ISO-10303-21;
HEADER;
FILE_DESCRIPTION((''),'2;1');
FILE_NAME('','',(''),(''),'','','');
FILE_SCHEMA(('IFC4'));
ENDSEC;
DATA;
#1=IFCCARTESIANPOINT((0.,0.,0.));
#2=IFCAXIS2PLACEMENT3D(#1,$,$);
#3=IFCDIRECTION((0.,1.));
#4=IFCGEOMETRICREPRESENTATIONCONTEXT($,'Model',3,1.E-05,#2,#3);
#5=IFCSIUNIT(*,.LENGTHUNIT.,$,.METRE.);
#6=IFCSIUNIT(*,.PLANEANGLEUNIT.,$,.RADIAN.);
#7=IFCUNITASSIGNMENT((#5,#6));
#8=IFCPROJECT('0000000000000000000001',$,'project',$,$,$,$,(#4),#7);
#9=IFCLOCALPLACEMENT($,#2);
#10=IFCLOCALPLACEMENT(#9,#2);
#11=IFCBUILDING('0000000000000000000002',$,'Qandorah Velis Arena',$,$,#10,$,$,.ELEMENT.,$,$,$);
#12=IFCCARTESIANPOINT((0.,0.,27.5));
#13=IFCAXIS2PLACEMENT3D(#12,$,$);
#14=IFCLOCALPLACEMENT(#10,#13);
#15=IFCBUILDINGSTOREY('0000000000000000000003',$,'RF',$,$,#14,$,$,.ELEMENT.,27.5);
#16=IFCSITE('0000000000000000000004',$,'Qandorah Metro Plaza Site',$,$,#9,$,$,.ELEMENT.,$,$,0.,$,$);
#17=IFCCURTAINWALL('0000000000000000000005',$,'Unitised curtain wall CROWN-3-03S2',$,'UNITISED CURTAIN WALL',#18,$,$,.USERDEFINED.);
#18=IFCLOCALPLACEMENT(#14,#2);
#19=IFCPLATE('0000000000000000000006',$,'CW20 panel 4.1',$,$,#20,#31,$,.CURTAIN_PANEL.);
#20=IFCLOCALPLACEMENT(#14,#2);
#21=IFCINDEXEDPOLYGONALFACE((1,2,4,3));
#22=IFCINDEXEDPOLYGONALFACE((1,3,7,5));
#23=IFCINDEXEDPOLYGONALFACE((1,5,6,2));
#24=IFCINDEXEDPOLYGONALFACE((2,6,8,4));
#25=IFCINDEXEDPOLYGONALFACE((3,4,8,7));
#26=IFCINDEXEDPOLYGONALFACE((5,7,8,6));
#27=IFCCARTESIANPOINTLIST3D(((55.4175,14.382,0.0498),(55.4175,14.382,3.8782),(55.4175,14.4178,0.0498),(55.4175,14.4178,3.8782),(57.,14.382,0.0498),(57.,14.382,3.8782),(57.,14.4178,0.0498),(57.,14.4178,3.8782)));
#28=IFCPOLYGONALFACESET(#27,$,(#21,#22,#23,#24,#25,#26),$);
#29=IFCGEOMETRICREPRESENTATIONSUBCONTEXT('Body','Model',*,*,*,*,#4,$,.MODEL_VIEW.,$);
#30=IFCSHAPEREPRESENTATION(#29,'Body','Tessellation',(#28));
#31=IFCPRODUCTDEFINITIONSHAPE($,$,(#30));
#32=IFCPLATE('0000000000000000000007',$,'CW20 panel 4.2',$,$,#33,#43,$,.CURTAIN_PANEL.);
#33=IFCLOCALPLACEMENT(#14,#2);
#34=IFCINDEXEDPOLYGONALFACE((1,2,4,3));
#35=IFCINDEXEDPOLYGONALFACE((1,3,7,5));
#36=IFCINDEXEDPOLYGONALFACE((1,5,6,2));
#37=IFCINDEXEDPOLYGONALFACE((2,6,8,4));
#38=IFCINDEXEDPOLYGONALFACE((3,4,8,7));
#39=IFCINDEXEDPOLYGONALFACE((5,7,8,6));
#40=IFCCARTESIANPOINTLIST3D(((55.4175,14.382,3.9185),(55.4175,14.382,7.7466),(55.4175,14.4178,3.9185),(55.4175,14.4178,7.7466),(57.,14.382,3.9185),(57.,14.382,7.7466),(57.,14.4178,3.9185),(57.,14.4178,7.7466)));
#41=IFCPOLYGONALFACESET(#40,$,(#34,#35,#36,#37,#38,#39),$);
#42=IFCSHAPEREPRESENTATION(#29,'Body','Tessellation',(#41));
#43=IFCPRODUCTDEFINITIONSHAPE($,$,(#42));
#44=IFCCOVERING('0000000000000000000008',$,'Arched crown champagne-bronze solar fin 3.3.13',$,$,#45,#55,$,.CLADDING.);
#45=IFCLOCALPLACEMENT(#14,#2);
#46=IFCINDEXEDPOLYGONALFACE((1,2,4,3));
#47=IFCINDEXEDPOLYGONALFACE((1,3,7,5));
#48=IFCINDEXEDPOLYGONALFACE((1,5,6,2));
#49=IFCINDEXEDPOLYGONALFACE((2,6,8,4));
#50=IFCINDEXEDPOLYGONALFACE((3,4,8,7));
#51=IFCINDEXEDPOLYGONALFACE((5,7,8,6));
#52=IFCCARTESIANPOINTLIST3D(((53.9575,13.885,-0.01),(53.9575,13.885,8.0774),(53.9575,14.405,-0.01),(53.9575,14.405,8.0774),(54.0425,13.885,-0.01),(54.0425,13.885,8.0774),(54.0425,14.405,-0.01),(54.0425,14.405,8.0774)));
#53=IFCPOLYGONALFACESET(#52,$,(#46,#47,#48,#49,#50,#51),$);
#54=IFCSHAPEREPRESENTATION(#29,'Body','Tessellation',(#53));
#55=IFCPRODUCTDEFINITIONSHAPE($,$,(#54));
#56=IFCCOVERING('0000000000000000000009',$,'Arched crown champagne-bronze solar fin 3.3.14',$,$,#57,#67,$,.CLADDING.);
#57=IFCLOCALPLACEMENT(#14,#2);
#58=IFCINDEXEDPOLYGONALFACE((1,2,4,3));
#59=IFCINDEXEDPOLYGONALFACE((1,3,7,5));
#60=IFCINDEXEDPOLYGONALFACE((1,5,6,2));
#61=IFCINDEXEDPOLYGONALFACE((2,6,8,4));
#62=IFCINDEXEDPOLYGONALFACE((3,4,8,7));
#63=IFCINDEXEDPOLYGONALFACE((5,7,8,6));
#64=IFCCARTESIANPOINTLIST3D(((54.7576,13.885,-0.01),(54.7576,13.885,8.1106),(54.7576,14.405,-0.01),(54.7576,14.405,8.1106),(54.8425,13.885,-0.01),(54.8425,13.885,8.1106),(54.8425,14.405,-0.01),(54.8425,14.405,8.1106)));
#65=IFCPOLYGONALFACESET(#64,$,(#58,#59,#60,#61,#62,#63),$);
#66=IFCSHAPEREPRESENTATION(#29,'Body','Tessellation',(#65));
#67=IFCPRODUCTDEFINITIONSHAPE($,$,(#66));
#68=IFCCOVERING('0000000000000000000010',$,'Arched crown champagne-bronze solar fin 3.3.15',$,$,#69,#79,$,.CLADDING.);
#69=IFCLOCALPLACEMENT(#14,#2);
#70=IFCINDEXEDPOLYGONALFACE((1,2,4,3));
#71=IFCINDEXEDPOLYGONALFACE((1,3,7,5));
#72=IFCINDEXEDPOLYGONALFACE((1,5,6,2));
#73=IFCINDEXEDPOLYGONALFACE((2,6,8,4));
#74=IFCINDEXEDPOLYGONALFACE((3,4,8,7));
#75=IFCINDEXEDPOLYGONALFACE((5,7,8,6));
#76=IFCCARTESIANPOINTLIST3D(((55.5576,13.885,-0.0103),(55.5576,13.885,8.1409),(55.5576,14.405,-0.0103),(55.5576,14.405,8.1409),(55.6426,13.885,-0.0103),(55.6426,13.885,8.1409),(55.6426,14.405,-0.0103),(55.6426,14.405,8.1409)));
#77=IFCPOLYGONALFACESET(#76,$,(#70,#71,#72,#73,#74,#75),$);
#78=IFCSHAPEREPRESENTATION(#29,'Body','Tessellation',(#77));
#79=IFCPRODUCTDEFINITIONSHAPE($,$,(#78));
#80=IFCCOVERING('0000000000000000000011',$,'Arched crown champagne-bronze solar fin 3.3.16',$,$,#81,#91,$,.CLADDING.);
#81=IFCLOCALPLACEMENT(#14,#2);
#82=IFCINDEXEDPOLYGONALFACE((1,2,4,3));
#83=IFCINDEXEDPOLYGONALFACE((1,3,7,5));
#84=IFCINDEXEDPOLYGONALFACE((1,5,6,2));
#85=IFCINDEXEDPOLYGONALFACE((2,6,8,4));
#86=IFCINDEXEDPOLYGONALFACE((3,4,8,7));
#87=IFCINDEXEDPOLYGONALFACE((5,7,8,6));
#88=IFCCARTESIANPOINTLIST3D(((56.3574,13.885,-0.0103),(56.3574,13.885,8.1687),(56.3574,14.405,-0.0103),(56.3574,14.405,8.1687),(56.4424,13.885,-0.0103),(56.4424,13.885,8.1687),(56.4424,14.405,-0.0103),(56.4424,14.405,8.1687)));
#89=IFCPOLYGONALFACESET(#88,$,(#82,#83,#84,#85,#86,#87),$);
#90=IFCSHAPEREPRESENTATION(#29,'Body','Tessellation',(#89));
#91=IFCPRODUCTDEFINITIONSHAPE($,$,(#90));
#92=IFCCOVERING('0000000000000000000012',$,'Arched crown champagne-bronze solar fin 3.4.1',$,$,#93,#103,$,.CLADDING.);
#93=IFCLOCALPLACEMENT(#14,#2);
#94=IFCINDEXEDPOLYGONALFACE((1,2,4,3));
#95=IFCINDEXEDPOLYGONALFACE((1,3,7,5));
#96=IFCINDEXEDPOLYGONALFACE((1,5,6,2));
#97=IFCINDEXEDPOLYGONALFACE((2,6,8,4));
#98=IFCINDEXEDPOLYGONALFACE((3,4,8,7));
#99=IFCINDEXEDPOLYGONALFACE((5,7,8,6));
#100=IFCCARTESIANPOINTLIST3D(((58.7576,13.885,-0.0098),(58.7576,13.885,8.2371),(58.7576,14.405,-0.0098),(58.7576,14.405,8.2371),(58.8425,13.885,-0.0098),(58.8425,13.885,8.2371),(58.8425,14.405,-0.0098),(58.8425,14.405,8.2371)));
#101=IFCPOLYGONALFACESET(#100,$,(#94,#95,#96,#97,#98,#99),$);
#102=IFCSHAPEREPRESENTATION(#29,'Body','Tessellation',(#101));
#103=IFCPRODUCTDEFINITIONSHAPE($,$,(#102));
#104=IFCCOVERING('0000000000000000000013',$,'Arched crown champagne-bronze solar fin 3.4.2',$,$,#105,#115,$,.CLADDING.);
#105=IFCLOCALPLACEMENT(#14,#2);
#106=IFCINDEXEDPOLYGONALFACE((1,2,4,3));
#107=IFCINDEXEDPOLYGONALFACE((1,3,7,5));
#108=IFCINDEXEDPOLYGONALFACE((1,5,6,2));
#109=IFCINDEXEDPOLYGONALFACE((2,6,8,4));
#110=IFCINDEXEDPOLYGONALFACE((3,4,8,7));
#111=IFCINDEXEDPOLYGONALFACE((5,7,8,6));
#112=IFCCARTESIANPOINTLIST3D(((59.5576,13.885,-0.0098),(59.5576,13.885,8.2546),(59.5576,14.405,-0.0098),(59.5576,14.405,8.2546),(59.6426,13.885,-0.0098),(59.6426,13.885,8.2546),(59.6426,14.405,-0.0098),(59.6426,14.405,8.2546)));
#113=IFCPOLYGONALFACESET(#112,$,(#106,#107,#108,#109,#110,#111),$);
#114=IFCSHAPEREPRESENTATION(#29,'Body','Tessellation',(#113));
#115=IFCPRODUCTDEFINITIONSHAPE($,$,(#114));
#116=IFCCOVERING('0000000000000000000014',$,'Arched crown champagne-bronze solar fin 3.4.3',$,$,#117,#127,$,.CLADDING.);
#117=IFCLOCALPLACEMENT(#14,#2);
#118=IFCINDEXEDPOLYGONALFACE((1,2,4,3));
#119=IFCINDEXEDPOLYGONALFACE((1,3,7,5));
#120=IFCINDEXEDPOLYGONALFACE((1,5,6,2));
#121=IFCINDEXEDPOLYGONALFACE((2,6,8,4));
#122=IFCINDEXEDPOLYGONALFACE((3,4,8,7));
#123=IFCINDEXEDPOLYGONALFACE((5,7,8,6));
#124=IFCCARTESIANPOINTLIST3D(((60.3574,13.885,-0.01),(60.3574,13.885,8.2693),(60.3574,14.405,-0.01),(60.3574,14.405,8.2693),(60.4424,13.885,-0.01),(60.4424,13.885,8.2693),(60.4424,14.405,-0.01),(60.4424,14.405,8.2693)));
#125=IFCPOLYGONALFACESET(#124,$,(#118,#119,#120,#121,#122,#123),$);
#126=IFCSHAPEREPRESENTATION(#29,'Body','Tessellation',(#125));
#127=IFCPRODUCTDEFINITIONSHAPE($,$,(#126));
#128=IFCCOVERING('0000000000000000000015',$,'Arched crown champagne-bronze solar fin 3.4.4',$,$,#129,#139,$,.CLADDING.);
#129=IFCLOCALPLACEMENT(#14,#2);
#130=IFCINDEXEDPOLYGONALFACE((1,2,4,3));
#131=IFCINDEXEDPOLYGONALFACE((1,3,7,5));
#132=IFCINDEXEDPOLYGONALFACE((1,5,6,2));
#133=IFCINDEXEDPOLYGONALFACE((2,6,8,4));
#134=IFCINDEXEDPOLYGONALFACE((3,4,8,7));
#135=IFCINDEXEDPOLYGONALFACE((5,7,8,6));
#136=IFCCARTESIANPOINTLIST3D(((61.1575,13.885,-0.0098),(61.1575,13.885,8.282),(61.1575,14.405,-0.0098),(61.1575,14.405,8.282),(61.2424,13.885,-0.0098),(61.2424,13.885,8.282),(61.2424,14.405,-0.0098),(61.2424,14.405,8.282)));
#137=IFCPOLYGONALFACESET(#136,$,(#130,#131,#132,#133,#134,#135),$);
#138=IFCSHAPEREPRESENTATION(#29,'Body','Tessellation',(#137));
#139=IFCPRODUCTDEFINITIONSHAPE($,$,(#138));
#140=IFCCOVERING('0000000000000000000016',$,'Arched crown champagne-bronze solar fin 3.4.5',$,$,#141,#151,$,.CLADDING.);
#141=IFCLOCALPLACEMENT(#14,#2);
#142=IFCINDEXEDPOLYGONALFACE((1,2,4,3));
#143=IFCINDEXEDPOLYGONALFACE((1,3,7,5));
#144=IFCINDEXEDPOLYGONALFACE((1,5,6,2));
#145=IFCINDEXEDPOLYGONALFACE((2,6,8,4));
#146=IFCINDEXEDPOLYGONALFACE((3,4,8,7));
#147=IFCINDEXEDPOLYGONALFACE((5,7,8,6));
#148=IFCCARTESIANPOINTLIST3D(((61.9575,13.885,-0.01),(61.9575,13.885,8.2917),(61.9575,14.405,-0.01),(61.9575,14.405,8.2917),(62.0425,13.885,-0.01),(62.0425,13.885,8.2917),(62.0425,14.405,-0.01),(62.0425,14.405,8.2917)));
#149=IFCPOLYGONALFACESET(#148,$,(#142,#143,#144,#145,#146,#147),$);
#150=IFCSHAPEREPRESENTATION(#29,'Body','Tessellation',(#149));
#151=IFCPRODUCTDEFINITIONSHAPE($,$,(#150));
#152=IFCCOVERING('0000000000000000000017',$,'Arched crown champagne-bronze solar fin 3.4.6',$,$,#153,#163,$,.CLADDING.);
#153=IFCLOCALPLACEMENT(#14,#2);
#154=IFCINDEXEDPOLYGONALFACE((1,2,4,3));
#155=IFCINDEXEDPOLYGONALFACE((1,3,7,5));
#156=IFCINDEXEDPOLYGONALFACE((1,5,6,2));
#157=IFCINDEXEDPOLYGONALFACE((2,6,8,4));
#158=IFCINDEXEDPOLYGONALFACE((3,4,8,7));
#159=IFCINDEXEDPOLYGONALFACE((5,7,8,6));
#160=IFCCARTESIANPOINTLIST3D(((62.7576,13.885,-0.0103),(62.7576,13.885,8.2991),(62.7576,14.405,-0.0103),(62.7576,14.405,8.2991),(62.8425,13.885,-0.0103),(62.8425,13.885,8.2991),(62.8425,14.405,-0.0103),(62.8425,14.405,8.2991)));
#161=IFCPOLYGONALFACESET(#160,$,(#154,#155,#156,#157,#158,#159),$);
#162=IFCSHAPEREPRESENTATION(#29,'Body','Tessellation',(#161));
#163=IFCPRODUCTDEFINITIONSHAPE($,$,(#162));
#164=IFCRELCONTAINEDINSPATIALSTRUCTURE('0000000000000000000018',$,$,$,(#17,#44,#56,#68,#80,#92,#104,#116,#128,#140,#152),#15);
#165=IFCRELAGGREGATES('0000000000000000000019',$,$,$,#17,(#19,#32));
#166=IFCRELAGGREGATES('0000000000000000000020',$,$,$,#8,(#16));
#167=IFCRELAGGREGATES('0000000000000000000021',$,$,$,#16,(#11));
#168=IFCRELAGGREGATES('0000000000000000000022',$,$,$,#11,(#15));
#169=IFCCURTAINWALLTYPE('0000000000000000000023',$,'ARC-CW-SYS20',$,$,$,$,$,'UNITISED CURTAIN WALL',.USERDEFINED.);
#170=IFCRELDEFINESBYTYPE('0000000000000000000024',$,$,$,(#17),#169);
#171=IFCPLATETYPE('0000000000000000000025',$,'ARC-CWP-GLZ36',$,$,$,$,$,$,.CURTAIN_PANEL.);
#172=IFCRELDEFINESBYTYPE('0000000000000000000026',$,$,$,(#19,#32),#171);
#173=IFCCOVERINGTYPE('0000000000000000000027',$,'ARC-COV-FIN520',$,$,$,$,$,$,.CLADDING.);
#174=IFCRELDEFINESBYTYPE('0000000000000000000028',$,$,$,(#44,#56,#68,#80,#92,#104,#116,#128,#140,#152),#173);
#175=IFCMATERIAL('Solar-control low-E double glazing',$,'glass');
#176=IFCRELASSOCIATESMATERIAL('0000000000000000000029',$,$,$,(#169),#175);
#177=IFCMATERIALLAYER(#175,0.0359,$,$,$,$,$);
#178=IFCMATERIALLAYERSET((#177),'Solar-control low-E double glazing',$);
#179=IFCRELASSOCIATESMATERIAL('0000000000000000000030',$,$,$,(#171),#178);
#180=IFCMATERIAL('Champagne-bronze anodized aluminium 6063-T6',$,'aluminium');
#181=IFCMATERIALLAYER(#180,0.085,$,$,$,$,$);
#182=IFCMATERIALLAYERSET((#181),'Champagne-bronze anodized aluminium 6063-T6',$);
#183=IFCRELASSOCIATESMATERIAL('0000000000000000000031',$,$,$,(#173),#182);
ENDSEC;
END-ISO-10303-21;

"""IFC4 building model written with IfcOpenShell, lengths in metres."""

from ifc_helpers import new_model, si_unit, direction, frame, origin, origin_2d, place, context, subcontext, project, spatial, rectangle, extrude, material, layer, layer_set, type_object, element, aggregate, save


model = new_model("IFC4")

# Units and contexts
model_context = context("Model", 3, precision=1e-05, world=origin(), true_north=direction((0.0, 1.0)))
body_context = subcontext(model_context, "Body", "Model", "MODEL_VIEW")
ifc_project = project(units=[si_unit("LENGTHUNIT", "METRE"), si_unit("PLANEANGLEUNIT", "RADIAN")], contexts=[model_context])

# Site, building, storey
site_placement = place(None, origin())
site = spatial("IfcSite", under=ifc_project, at=site_placement, Name="Qandorah Metro Plaza Site", CompositionType="ELEMENT", RefElevation=0.0)
building_placement = place(site_placement, origin())
building = spatial("IfcBuilding", under=site, at=building_placement, Name="Qandorah Velis Arena", CompositionType="ELEMENT")
storey_placement = place(building_placement, frame((0.0, 0.0, 27.5)))
storey = spatial("IfcBuildingStorey", under=building, at=storey_placement, Name="RF", CompositionType="ELEMENT", Elevation=27.5)

# Curtain wall
ifc_material_1 = material(Name="Solar-control low-E double glazing", Category="glass")
curtain_wall_type = type_object("IfcCurtainWallType", Name="ARC-CW-SYS20", ElementType="UNITISED CURTAIN WALL", PredefinedType="USERDEFINED", material=ifc_material_1)
curtain_wall_1_placement = place(storey_placement, origin())
curtain_wall_1 = element("IfcCurtainWall", 1, at=curtain_wall_1_placement, inside=storey, type_object=curtain_wall_type, Name="Unitised curtain wall CROWN-3-03S2", ObjectType="UNITISED CURTAIN WALL", PredefinedType="USERDEFINED")
ifc_material_2 = material(Name="Champagne-bronze anodized aluminium 6063-T6", Category="aluminium")

# Plates
ifc_layer_1 = layer(ifc_material_1, 0.0359)
ifc_layer_set_1 = layer_set([ifc_layer_1], Name="Solar-control low-E double glazing")
plate_type = type_object("IfcPlateType", Name="ARC-CWP-GLZ36", PredefinedType="CURTAIN_PANEL", material=ifc_layer_set_1)
plate_1_placement = place(storey_placement, frame((56.2087, 14.3999, 0.0498), z_axis=(0.0, 0.0, 1.0), x_axis=(1.0, 0.0, 0.0)))
plate_1 = element("IfcPlate", 2, at=plate_1_placement, type_object=plate_type, Name="CW20 panel 4.1", PredefinedType="CURTAIN_PANEL", context=body_context, shape_type="SweptSolid", body=[
    extrude(rectangle(XDim=1.5825, YDim=0.0359, at=origin_2d()), origin(), (0.0, 0.0, 1.0), 3.8284),
])
plate_2_placement = place(storey_placement, frame((56.2087, 14.3999, 3.9185), z_axis=(0.0, 0.0, 1.0), x_axis=(1.0, 0.0, 0.0)))
plate_2 = element("IfcPlate", 3, at=plate_2_placement, type_object=plate_type, Name="CW20 panel 4.2", PredefinedType="CURTAIN_PANEL", context=body_context, shape_type="SweptSolid", body=[
    extrude(rectangle(XDim=1.5825, YDim=0.0359, at=origin_2d()), origin(), (0.0, 0.0, 1.0), 3.8281),
])
aggregate(curtain_wall_1, [plate_1, plate_2])

# Coverings
ifc_layer_2 = layer(ifc_material_2, 0.085)
ifc_layer_set_2 = layer_set([ifc_layer_2], Name="Champagne-bronze anodized aluminium 6063-T6")
covering_type = type_object("IfcCoveringType", Name="ARC-COV-FIN520", PredefinedType="CLADDING", material=ifc_layer_set_2)
covering_1_placement = place(storey_placement, frame((54.0, 14.145, -0.01), z_axis=(0.0, 0.0, 1.0), x_axis=(1.0, 0.0, 0.0)))
element("IfcCovering", 4, at=covering_1_placement, inside=storey, type_object=covering_type, Name="Arched crown champagne-bronze solar fin 3.3.13", PredefinedType="CLADDING", context=body_context, shape_type="SweptSolid", body=[
    extrude(rectangle(XDim=0.085, YDim=0.52, at=origin_2d()), origin(), (0.0, 0.0, 1.0), 8.0874),
])
covering_2_placement = place(storey_placement, frame((54.8, 14.145, -0.01), z_axis=(0.0, 0.0, 1.0), x_axis=(1.0, 0.0, 0.0)))
element("IfcCovering", 5, at=covering_2_placement, inside=storey, type_object=covering_type, Name="Arched crown champagne-bronze solar fin 3.3.14", PredefinedType="CLADDING", context=body_context, shape_type="SweptSolid", body=[
    extrude(rectangle(XDim=0.085, YDim=0.52, at=origin_2d()), origin(), (0.0, 0.0, 1.0), 8.1206),
])
covering_3_placement = place(storey_placement, frame((55.6001, 14.145, -0.0103), z_axis=(0.0, 0.0, 1.0), x_axis=(1.0, 0.0, 0.0)))
element("IfcCovering", 6, at=covering_3_placement, inside=storey, type_object=covering_type, Name="Arched crown champagne-bronze solar fin 3.3.15", PredefinedType="CLADDING", context=body_context, shape_type="SweptSolid", body=[
    extrude(rectangle(XDim=0.085, YDim=0.52, at=origin_2d()), origin(), (0.0, 0.0, 1.0), 8.1511),
])
covering_4_placement = place(storey_placement, frame((56.3999, 14.145, -0.0103), z_axis=(0.0, 0.0, 1.0), x_axis=(1.0, 0.0, 0.0)))
element("IfcCovering", 7, at=covering_4_placement, inside=storey, type_object=covering_type, Name="Arched crown champagne-bronze solar fin 3.3.16", PredefinedType="CLADDING", context=body_context, shape_type="SweptSolid", body=[
    extrude(rectangle(XDim=0.085, YDim=0.52, at=origin_2d()), origin(), (0.0, 0.0, 1.0), 8.179),
])
covering_5_placement = place(storey_placement, frame((58.8, 14.145, -0.0098), z_axis=(0.0, 0.0, 1.0), x_axis=(1.0, 0.0, 0.0)))
element("IfcCovering", 8, at=covering_5_placement, inside=storey, type_object=covering_type, Name="Arched crown champagne-bronze solar fin 3.4.1", PredefinedType="CLADDING", context=body_context, shape_type="SweptSolid", body=[
    extrude(rectangle(XDim=0.085, YDim=0.52, at=origin_2d()), origin(), (0.0, 0.0, 1.0), 8.2468),
])
covering_6_placement = place(storey_placement, frame((59.6001, 14.145, -0.0098), z_axis=(0.0, 0.0, 1.0), x_axis=(1.0, 0.0, 0.0)))
element("IfcCovering", 9, at=covering_6_placement, inside=storey, type_object=covering_type, Name="Arched crown champagne-bronze solar fin 3.4.2", PredefinedType="CLADDING", context=body_context, shape_type="SweptSolid", body=[
    extrude(rectangle(XDim=0.085, YDim=0.52, at=origin_2d()), origin(), (0.0, 0.0, 1.0), 8.2644),
])
covering_7_placement = place(storey_placement, frame((60.3999, 14.145, -0.01), z_axis=(0.0, 0.0, 1.0), x_axis=(1.0, 0.0, 0.0)))
element("IfcCovering", 10, at=covering_7_placement, inside=storey, type_object=covering_type, Name="Arched crown champagne-bronze solar fin 3.4.3", PredefinedType="CLADDING", context=body_context, shape_type="SweptSolid", body=[
    extrude(rectangle(XDim=0.085, YDim=0.52, at=origin_2d()), origin(), (0.0, 0.0, 1.0), 8.2793),
])
covering_8_placement = place(storey_placement, frame((61.2, 14.145, -0.0098), z_axis=(0.0, 0.0, 1.0), x_axis=(1.0, 0.0, 0.0)))
element("IfcCovering", 11, at=covering_8_placement, inside=storey, type_object=covering_type, Name="Arched crown champagne-bronze solar fin 3.4.4", PredefinedType="CLADDING", context=body_context, shape_type="SweptSolid", body=[
    extrude(rectangle(XDim=0.085, YDim=0.52, at=origin_2d()), origin(), (0.0, 0.0, 1.0), 8.2917),
])
covering_9_placement = place(storey_placement, frame((62.0, 14.145, -0.01), z_axis=(0.0, 0.0, 1.0), x_axis=(1.0, 0.0, 0.0)))
element("IfcCovering", 12, at=covering_9_placement, inside=storey, type_object=covering_type, Name="Arched crown champagne-bronze solar fin 3.4.5", PredefinedType="CLADDING", context=body_context, shape_type="SweptSolid", body=[
    extrude(rectangle(XDim=0.085, YDim=0.52, at=origin_2d()), origin(), (0.0, 0.0, 1.0), 8.3018),
])
covering_10_placement = place(storey_placement, frame((62.8, 14.145, -0.0103), z_axis=(0.0, 0.0, 1.0), x_axis=(1.0, 0.0, 0.0)))
element("IfcCovering", 13, at=covering_10_placement, inside=storey, type_object=covering_type, Name="Arched crown champagne-bronze solar fin 3.4.6", PredefinedType="CLADDING", context=body_context, shape_type="SweptSolid", body=[
    extrude(rectangle(XDim=0.085, YDim=0.52, at=origin_2d()), origin(), (0.0, 0.0, 1.0), 8.3093),
])

save(model, "model.ifc")
